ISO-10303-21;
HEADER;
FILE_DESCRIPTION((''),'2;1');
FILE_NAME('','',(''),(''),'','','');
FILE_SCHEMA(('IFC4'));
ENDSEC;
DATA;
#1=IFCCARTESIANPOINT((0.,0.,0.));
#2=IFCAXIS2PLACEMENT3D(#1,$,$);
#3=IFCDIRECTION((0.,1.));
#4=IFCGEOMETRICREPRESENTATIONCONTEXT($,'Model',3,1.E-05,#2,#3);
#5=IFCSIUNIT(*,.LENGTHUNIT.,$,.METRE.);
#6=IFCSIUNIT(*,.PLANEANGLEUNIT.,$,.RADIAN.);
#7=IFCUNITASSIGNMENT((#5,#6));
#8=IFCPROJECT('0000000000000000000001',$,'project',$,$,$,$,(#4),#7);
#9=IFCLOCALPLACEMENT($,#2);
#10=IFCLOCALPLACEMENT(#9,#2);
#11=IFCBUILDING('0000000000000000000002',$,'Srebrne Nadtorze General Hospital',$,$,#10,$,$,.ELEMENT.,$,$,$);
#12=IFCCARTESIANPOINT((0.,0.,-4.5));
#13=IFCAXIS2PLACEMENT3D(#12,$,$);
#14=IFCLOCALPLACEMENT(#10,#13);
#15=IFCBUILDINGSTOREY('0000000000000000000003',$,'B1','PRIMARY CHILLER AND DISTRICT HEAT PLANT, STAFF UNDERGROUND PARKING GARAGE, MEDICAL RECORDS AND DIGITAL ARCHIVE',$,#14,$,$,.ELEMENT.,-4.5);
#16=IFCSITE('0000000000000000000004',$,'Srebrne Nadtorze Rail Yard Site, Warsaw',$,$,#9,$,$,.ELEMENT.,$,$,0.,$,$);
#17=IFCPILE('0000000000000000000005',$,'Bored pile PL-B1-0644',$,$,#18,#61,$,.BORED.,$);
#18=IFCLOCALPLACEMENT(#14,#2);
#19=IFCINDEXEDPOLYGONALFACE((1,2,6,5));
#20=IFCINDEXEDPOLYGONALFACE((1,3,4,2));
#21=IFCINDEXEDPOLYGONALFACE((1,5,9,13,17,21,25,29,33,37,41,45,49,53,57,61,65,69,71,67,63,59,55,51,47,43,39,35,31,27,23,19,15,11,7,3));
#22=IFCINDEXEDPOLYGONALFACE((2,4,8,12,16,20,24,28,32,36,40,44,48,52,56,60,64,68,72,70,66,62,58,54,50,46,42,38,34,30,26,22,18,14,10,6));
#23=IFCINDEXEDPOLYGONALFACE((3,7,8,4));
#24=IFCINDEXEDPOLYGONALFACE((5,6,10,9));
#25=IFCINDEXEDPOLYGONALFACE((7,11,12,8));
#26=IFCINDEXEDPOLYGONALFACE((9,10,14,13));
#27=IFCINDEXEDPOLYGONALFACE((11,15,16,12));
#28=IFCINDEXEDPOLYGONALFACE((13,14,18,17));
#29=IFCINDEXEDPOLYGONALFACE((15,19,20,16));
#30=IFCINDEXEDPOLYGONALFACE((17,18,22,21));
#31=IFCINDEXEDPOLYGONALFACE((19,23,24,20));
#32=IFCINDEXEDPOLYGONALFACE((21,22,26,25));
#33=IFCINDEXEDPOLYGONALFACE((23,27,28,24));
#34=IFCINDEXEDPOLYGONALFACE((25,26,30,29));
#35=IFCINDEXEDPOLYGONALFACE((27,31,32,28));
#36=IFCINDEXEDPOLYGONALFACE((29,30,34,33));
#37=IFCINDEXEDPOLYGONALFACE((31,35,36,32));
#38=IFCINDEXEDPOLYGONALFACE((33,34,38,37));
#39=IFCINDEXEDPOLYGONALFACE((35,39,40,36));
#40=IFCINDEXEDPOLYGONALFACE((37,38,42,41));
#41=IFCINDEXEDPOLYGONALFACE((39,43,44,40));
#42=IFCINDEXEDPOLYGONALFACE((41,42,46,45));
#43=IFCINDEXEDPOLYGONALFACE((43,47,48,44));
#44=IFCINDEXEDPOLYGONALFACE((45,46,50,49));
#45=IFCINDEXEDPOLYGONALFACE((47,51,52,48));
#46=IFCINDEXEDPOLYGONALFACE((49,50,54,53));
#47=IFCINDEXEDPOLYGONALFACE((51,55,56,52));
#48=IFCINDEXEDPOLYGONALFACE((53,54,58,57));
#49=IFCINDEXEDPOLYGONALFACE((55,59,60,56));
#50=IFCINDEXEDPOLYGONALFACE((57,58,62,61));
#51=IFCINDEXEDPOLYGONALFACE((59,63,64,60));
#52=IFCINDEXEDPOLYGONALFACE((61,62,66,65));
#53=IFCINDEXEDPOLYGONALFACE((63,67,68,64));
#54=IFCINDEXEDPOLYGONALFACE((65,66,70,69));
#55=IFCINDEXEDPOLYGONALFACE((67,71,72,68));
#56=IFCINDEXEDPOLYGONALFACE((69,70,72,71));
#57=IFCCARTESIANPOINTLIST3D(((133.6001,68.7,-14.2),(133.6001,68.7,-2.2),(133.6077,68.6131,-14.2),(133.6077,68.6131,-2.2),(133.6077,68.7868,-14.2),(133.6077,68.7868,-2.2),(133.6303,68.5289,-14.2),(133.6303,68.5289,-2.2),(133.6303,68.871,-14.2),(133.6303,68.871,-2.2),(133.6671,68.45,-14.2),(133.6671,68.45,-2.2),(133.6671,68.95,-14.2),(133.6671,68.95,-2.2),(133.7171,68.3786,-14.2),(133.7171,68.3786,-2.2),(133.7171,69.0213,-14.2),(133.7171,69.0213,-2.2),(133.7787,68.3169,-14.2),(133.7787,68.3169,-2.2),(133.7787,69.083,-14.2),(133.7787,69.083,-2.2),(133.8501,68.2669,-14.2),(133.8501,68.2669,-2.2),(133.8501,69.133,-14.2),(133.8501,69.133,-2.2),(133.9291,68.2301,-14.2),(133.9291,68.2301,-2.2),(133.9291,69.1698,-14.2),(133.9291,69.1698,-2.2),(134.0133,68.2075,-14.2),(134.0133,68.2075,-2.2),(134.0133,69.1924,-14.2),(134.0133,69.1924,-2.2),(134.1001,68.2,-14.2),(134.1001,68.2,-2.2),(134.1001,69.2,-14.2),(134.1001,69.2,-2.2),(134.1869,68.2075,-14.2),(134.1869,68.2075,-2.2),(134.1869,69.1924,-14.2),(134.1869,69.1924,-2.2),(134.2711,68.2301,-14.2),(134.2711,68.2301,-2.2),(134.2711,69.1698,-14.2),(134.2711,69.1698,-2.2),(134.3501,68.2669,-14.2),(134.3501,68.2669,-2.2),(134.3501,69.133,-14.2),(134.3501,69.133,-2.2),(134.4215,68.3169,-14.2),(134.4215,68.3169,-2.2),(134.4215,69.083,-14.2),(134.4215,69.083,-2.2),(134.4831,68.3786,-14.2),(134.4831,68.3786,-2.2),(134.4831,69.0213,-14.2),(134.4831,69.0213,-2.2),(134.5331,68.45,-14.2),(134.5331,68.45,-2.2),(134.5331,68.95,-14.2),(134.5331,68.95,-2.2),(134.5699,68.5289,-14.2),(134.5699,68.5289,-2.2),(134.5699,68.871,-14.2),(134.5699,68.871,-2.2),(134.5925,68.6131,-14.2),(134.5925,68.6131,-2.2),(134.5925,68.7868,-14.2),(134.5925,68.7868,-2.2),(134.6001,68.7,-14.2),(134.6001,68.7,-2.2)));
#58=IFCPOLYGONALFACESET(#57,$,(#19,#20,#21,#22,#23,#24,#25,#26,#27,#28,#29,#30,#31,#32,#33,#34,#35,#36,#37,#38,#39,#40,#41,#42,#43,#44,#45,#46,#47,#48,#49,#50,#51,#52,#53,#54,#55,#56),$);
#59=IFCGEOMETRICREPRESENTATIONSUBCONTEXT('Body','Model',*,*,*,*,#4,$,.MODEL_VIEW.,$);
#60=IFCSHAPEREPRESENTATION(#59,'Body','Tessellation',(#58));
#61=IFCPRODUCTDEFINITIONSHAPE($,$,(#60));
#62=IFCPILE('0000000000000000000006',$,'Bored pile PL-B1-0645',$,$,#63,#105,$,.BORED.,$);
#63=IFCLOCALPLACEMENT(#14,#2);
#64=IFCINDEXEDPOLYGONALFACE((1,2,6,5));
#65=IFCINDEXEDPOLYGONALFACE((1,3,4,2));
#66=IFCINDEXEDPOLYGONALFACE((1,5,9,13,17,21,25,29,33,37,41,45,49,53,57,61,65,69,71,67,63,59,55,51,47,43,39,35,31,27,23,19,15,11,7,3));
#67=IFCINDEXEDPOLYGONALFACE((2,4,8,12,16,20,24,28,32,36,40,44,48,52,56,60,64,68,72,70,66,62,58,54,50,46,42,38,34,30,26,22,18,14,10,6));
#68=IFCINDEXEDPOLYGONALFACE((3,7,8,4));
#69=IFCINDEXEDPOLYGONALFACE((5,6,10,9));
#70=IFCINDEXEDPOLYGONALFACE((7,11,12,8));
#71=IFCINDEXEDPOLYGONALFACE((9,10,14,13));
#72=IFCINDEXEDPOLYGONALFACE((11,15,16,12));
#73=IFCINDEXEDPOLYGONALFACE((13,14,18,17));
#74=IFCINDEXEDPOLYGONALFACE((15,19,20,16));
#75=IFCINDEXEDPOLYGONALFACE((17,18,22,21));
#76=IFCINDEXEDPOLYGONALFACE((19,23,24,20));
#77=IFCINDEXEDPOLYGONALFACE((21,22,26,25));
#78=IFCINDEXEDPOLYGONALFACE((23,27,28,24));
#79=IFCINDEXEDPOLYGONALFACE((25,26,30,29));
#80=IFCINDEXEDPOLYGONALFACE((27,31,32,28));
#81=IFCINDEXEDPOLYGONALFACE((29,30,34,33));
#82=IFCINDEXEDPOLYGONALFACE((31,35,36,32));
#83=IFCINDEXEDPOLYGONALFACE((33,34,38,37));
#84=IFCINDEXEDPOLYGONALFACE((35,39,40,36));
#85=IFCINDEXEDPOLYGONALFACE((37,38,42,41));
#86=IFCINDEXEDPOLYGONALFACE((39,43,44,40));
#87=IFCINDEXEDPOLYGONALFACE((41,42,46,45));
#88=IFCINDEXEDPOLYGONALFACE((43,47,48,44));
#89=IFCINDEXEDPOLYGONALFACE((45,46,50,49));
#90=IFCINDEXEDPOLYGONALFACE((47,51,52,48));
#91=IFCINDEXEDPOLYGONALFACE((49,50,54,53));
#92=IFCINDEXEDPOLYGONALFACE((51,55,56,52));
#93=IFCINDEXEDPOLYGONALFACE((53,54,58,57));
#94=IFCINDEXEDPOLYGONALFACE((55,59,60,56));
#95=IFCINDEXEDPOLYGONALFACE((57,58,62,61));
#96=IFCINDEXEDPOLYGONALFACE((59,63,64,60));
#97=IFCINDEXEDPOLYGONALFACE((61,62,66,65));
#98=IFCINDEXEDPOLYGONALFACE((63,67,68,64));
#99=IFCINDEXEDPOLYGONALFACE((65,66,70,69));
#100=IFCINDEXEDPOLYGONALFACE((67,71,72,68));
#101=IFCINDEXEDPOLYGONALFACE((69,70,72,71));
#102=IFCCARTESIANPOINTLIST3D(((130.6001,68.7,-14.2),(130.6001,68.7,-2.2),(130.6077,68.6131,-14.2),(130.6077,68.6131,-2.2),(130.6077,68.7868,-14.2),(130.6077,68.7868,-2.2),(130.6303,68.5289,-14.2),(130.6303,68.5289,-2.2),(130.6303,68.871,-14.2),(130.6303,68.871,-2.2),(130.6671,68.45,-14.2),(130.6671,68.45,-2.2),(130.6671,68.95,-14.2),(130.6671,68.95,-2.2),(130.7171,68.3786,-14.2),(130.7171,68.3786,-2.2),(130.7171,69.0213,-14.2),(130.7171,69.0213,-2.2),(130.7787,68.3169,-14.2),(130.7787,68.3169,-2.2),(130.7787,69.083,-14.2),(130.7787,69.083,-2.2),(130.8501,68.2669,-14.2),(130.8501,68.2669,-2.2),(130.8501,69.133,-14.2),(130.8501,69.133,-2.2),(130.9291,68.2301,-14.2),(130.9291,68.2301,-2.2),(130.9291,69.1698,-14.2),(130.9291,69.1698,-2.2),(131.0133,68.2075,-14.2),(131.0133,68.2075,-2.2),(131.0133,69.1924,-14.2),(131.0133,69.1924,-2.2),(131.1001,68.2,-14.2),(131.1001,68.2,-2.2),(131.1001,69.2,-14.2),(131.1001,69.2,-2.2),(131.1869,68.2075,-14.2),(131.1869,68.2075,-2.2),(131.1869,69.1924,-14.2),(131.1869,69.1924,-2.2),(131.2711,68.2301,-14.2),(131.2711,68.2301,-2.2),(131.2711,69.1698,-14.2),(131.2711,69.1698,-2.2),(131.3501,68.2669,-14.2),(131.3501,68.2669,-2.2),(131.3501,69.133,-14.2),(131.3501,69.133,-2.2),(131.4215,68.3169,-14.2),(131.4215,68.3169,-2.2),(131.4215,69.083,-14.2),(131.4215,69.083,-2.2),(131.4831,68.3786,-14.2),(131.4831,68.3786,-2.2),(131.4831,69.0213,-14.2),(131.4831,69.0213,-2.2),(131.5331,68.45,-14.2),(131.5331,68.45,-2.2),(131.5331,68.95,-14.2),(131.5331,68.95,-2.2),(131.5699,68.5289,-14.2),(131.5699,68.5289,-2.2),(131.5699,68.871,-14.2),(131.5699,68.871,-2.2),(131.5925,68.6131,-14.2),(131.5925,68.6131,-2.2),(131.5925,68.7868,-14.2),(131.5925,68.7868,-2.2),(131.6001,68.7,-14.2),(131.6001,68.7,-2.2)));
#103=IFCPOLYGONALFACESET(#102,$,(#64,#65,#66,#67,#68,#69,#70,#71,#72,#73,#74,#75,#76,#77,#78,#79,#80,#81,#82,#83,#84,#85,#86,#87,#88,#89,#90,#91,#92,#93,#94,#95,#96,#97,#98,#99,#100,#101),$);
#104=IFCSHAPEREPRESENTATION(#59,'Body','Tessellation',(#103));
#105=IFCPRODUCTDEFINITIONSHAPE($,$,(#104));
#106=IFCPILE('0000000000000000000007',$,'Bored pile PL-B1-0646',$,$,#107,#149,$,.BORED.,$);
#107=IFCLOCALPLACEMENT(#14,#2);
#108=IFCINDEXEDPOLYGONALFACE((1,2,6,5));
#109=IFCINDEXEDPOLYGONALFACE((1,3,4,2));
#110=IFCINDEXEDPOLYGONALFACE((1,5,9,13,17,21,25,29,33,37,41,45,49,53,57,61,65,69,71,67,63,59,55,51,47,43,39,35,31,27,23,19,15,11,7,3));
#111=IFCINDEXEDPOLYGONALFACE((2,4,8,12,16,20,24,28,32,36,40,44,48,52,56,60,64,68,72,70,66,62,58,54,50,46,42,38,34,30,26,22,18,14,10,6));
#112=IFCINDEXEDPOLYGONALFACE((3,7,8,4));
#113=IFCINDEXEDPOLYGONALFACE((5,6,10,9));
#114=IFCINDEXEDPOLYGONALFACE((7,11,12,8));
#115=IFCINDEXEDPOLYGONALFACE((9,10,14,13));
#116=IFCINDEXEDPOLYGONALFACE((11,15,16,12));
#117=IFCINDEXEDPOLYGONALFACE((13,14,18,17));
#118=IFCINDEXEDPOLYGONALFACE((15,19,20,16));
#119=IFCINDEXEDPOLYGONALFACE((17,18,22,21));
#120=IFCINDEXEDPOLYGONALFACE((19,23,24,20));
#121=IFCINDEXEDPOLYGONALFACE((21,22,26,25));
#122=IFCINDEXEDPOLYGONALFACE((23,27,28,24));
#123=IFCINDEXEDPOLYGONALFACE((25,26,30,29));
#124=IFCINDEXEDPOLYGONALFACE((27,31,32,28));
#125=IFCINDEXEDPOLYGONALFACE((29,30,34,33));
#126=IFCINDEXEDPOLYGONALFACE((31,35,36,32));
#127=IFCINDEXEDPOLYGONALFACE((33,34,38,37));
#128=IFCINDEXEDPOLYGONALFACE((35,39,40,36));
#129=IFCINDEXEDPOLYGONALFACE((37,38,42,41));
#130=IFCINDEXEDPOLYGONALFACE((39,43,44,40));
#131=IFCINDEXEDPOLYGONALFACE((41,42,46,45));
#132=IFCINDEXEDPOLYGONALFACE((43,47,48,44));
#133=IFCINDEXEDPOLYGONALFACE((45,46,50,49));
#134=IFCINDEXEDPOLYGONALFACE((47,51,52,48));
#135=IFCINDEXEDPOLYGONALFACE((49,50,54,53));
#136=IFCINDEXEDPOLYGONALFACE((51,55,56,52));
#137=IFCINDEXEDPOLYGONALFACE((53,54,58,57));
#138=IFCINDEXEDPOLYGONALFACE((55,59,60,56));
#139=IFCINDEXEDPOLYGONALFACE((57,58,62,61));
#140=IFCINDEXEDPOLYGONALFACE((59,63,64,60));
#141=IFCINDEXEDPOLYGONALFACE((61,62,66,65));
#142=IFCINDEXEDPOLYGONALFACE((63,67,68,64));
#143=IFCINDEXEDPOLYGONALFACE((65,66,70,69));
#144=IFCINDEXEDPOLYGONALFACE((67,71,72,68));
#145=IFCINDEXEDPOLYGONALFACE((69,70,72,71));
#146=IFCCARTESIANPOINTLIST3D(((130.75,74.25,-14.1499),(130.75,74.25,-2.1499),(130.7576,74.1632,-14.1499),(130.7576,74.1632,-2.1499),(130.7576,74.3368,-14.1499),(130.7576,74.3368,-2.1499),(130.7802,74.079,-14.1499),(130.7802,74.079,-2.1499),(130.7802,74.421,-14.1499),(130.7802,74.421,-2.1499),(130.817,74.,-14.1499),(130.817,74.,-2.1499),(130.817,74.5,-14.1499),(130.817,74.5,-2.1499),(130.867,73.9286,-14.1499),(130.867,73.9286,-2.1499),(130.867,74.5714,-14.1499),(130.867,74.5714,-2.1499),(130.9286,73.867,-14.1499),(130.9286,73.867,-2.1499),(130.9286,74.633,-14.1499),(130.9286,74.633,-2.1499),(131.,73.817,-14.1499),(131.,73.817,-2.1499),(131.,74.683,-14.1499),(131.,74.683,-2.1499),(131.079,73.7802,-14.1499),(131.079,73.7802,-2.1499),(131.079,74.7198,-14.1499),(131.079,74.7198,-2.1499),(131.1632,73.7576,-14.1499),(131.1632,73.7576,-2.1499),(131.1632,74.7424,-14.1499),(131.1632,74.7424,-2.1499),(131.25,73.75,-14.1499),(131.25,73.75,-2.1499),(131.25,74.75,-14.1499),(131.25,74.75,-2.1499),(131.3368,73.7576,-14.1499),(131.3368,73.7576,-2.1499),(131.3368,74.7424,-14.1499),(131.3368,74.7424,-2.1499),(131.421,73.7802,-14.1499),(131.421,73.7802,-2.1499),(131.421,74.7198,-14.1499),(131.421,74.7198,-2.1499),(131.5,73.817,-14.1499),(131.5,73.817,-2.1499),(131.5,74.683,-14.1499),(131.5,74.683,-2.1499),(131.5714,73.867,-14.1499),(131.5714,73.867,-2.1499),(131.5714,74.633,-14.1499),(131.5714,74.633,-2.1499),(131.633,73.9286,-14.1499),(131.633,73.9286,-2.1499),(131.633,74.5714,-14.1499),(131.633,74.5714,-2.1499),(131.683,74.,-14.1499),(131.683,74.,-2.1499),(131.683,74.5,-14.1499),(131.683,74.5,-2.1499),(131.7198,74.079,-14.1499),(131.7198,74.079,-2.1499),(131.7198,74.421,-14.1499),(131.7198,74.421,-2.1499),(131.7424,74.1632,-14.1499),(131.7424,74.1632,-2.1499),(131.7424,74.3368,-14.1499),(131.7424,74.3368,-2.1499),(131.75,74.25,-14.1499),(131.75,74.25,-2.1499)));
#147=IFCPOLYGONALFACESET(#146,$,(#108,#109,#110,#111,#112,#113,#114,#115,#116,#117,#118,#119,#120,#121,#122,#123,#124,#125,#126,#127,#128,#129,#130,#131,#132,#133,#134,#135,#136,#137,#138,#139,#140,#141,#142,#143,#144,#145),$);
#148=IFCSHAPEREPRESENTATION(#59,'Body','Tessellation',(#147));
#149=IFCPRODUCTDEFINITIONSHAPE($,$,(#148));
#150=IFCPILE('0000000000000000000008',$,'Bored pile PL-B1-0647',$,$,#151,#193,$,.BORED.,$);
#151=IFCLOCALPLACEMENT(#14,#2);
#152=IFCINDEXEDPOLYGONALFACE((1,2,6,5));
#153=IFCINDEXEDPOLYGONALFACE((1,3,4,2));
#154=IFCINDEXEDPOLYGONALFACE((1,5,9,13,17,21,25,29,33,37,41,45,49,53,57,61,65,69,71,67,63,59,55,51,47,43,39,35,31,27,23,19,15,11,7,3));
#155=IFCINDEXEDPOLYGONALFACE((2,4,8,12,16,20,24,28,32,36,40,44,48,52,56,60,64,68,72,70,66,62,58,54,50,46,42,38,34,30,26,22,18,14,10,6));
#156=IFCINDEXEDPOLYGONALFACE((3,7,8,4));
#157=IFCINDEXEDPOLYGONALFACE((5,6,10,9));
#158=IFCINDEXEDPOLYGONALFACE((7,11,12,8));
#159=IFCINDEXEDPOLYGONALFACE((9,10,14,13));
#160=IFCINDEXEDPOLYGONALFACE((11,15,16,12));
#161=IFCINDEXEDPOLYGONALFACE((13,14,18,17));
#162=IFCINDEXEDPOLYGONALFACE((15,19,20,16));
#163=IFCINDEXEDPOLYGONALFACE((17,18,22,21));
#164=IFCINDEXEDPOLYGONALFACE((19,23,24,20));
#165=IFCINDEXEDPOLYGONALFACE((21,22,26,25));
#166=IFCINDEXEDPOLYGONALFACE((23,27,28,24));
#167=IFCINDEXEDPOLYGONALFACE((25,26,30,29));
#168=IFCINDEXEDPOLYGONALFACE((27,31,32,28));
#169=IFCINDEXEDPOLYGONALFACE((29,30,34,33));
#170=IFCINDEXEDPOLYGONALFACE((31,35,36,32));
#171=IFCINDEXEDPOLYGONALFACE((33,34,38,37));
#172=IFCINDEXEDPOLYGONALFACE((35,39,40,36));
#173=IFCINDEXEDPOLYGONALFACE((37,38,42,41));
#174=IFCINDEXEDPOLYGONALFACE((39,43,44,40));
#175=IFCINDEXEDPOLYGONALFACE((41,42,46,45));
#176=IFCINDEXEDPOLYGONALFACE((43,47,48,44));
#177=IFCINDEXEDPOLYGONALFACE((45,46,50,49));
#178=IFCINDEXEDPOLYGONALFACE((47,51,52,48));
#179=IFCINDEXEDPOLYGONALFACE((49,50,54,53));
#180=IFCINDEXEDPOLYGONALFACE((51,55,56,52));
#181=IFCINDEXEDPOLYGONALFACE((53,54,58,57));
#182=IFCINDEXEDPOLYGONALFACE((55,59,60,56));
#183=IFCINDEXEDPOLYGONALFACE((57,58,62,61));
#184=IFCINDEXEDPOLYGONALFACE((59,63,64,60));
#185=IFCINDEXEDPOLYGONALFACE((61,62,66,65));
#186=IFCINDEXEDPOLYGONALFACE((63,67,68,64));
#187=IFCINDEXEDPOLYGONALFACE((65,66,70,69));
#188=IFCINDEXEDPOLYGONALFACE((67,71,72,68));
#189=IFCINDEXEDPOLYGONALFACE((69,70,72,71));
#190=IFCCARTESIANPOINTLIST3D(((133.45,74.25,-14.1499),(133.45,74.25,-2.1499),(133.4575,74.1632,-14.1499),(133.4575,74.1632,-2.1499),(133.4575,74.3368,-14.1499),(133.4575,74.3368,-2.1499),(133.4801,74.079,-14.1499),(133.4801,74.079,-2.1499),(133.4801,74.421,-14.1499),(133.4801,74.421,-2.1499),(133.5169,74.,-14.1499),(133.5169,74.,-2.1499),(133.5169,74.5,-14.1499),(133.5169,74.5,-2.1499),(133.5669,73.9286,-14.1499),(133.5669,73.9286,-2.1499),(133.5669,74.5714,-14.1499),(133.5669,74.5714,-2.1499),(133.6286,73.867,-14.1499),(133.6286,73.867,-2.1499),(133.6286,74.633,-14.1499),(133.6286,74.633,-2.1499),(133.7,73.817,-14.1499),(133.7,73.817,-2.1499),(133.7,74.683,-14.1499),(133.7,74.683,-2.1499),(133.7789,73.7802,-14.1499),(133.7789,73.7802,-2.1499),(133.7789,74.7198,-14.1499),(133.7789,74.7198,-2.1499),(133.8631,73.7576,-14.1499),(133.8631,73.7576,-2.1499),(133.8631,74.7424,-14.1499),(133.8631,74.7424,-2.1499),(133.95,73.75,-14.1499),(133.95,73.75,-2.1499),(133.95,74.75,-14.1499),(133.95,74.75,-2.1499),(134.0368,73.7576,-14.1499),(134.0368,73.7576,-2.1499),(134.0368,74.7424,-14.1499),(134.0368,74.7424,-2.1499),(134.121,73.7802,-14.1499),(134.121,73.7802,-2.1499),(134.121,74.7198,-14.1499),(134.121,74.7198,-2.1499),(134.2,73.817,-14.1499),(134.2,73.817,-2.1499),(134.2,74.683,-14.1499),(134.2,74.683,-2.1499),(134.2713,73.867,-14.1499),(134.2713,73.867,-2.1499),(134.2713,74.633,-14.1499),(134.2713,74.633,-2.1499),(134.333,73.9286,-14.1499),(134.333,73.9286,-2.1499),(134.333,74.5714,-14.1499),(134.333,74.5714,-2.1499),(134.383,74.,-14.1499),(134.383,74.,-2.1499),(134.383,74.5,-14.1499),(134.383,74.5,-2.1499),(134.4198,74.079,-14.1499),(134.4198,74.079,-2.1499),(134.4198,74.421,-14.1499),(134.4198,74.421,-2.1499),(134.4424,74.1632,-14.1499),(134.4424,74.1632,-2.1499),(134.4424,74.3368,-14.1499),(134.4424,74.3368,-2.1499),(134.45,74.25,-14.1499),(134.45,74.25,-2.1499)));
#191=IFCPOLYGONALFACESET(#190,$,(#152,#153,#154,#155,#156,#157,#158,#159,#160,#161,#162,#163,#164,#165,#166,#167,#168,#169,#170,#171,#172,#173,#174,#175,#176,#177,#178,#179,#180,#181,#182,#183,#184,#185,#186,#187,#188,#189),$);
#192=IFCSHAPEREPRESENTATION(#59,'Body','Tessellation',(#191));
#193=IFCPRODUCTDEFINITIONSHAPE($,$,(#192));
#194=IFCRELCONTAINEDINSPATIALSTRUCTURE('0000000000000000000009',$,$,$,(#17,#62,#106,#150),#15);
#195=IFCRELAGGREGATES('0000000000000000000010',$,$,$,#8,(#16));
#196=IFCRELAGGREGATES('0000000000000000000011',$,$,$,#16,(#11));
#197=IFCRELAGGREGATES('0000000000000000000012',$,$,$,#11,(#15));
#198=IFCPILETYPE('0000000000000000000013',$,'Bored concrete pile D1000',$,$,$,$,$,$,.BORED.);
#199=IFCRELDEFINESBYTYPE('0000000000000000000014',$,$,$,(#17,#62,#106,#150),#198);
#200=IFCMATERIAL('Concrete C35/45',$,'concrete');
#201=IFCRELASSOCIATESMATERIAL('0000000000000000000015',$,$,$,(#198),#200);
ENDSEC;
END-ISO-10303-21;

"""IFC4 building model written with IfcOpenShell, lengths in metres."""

from ifc_helpers import new_model, si_unit, direction, frame, origin, origin_2d, place, context, subcontext, project, spatial, circle, extrude, material, material_profile, profile_set, type_object, element, save


model = new_model("IFC4")

# Units and contexts
model_context = context("Model", 3, precision=1e-05, world=origin(), true_north=direction((0.0, 1.0)))
body_context = subcontext(model_context, "Body", "Model", "MODEL_VIEW")
ifc_project = project(units=[si_unit("LENGTHUNIT", "METRE"), si_unit("PLANEANGLEUNIT", "RADIAN")], contexts=[model_context])

# Site, building, storey
site_placement = place(None, origin())
site = spatial("IfcSite", under=ifc_project, at=site_placement, Name="Srebrne Nadtorze Rail Yard Site, Warsaw", CompositionType="ELEMENT", RefElevation=0.0)
building_placement = place(site_placement, origin())
building = spatial("IfcBuilding", under=site, at=building_placement, Name="Srebrne Nadtorze General Hospital", CompositionType="ELEMENT")
storey_placement = place(building_placement, frame((0.0, 0.0, -4.5)))
storey = spatial("IfcBuildingStorey", under=building, at=storey_placement, Name="B1", Description="PRIMARY CHILLER AND DISTRICT HEAT PLANT, STAFF UNDERGROUND PARKING GARAGE, MEDICAL RECORDS AND DIGITAL ARCHIVE", CompositionType="ELEMENT", Elevation=-4.5)

# Piles
ifc_material_1 = material(Name="Concrete C35/45", Category="concrete")
ifc_material_profile_1 = material_profile(ifc_material_1, circle(Radius=0.5, at=origin_2d()), Name="PILE-D1000")
ifc_profile_set_1 = profile_set([ifc_material_profile_1], Name="Concrete C35/45")
pile_type_1 = type_object("IfcPileType", Name="Bored concrete pile D1000", PredefinedType="BORED", material=ifc_profile_set_1)
for number, where, z_axis, x_axis, name in (
    (1, (134.1001, 68.7, -2.2), (0.0, 0.0, -1.0), (1.0, 0.0, 0.0), "Bored pile PL-B1-0644"),
    (2, (131.1001, 68.7, -2.2), (0.0, 0.0, -1.0), (1.0, 0.0, 0.0), "Bored pile PL-B1-0645"),
    (3, (131.25, 74.25, -2.1499), (0.0, 0.0, -1.0), (1.0, 0.0, 0.0), "Bored pile PL-B1-0646"),
    (4, (133.95, 74.25, -2.1499), (0.0, 0.0, -1.0), (1.0, 0.0, 0.0), "Bored pile PL-B1-0647"),
):
    element("IfcPile", number, at=place(storey_placement, frame(where, z_axis=z_axis, x_axis=x_axis)), inside=storey, type_object=pile_type_1, Name=name, PredefinedType="BORED", context=body_context, shape_type="SweptSolid", body=[
        extrude(circle(Radius=0.5, at=origin_2d()), origin(), (0.0, 0.0, 1.0), 12.0),
    ])

save(model, "model.ifc")
